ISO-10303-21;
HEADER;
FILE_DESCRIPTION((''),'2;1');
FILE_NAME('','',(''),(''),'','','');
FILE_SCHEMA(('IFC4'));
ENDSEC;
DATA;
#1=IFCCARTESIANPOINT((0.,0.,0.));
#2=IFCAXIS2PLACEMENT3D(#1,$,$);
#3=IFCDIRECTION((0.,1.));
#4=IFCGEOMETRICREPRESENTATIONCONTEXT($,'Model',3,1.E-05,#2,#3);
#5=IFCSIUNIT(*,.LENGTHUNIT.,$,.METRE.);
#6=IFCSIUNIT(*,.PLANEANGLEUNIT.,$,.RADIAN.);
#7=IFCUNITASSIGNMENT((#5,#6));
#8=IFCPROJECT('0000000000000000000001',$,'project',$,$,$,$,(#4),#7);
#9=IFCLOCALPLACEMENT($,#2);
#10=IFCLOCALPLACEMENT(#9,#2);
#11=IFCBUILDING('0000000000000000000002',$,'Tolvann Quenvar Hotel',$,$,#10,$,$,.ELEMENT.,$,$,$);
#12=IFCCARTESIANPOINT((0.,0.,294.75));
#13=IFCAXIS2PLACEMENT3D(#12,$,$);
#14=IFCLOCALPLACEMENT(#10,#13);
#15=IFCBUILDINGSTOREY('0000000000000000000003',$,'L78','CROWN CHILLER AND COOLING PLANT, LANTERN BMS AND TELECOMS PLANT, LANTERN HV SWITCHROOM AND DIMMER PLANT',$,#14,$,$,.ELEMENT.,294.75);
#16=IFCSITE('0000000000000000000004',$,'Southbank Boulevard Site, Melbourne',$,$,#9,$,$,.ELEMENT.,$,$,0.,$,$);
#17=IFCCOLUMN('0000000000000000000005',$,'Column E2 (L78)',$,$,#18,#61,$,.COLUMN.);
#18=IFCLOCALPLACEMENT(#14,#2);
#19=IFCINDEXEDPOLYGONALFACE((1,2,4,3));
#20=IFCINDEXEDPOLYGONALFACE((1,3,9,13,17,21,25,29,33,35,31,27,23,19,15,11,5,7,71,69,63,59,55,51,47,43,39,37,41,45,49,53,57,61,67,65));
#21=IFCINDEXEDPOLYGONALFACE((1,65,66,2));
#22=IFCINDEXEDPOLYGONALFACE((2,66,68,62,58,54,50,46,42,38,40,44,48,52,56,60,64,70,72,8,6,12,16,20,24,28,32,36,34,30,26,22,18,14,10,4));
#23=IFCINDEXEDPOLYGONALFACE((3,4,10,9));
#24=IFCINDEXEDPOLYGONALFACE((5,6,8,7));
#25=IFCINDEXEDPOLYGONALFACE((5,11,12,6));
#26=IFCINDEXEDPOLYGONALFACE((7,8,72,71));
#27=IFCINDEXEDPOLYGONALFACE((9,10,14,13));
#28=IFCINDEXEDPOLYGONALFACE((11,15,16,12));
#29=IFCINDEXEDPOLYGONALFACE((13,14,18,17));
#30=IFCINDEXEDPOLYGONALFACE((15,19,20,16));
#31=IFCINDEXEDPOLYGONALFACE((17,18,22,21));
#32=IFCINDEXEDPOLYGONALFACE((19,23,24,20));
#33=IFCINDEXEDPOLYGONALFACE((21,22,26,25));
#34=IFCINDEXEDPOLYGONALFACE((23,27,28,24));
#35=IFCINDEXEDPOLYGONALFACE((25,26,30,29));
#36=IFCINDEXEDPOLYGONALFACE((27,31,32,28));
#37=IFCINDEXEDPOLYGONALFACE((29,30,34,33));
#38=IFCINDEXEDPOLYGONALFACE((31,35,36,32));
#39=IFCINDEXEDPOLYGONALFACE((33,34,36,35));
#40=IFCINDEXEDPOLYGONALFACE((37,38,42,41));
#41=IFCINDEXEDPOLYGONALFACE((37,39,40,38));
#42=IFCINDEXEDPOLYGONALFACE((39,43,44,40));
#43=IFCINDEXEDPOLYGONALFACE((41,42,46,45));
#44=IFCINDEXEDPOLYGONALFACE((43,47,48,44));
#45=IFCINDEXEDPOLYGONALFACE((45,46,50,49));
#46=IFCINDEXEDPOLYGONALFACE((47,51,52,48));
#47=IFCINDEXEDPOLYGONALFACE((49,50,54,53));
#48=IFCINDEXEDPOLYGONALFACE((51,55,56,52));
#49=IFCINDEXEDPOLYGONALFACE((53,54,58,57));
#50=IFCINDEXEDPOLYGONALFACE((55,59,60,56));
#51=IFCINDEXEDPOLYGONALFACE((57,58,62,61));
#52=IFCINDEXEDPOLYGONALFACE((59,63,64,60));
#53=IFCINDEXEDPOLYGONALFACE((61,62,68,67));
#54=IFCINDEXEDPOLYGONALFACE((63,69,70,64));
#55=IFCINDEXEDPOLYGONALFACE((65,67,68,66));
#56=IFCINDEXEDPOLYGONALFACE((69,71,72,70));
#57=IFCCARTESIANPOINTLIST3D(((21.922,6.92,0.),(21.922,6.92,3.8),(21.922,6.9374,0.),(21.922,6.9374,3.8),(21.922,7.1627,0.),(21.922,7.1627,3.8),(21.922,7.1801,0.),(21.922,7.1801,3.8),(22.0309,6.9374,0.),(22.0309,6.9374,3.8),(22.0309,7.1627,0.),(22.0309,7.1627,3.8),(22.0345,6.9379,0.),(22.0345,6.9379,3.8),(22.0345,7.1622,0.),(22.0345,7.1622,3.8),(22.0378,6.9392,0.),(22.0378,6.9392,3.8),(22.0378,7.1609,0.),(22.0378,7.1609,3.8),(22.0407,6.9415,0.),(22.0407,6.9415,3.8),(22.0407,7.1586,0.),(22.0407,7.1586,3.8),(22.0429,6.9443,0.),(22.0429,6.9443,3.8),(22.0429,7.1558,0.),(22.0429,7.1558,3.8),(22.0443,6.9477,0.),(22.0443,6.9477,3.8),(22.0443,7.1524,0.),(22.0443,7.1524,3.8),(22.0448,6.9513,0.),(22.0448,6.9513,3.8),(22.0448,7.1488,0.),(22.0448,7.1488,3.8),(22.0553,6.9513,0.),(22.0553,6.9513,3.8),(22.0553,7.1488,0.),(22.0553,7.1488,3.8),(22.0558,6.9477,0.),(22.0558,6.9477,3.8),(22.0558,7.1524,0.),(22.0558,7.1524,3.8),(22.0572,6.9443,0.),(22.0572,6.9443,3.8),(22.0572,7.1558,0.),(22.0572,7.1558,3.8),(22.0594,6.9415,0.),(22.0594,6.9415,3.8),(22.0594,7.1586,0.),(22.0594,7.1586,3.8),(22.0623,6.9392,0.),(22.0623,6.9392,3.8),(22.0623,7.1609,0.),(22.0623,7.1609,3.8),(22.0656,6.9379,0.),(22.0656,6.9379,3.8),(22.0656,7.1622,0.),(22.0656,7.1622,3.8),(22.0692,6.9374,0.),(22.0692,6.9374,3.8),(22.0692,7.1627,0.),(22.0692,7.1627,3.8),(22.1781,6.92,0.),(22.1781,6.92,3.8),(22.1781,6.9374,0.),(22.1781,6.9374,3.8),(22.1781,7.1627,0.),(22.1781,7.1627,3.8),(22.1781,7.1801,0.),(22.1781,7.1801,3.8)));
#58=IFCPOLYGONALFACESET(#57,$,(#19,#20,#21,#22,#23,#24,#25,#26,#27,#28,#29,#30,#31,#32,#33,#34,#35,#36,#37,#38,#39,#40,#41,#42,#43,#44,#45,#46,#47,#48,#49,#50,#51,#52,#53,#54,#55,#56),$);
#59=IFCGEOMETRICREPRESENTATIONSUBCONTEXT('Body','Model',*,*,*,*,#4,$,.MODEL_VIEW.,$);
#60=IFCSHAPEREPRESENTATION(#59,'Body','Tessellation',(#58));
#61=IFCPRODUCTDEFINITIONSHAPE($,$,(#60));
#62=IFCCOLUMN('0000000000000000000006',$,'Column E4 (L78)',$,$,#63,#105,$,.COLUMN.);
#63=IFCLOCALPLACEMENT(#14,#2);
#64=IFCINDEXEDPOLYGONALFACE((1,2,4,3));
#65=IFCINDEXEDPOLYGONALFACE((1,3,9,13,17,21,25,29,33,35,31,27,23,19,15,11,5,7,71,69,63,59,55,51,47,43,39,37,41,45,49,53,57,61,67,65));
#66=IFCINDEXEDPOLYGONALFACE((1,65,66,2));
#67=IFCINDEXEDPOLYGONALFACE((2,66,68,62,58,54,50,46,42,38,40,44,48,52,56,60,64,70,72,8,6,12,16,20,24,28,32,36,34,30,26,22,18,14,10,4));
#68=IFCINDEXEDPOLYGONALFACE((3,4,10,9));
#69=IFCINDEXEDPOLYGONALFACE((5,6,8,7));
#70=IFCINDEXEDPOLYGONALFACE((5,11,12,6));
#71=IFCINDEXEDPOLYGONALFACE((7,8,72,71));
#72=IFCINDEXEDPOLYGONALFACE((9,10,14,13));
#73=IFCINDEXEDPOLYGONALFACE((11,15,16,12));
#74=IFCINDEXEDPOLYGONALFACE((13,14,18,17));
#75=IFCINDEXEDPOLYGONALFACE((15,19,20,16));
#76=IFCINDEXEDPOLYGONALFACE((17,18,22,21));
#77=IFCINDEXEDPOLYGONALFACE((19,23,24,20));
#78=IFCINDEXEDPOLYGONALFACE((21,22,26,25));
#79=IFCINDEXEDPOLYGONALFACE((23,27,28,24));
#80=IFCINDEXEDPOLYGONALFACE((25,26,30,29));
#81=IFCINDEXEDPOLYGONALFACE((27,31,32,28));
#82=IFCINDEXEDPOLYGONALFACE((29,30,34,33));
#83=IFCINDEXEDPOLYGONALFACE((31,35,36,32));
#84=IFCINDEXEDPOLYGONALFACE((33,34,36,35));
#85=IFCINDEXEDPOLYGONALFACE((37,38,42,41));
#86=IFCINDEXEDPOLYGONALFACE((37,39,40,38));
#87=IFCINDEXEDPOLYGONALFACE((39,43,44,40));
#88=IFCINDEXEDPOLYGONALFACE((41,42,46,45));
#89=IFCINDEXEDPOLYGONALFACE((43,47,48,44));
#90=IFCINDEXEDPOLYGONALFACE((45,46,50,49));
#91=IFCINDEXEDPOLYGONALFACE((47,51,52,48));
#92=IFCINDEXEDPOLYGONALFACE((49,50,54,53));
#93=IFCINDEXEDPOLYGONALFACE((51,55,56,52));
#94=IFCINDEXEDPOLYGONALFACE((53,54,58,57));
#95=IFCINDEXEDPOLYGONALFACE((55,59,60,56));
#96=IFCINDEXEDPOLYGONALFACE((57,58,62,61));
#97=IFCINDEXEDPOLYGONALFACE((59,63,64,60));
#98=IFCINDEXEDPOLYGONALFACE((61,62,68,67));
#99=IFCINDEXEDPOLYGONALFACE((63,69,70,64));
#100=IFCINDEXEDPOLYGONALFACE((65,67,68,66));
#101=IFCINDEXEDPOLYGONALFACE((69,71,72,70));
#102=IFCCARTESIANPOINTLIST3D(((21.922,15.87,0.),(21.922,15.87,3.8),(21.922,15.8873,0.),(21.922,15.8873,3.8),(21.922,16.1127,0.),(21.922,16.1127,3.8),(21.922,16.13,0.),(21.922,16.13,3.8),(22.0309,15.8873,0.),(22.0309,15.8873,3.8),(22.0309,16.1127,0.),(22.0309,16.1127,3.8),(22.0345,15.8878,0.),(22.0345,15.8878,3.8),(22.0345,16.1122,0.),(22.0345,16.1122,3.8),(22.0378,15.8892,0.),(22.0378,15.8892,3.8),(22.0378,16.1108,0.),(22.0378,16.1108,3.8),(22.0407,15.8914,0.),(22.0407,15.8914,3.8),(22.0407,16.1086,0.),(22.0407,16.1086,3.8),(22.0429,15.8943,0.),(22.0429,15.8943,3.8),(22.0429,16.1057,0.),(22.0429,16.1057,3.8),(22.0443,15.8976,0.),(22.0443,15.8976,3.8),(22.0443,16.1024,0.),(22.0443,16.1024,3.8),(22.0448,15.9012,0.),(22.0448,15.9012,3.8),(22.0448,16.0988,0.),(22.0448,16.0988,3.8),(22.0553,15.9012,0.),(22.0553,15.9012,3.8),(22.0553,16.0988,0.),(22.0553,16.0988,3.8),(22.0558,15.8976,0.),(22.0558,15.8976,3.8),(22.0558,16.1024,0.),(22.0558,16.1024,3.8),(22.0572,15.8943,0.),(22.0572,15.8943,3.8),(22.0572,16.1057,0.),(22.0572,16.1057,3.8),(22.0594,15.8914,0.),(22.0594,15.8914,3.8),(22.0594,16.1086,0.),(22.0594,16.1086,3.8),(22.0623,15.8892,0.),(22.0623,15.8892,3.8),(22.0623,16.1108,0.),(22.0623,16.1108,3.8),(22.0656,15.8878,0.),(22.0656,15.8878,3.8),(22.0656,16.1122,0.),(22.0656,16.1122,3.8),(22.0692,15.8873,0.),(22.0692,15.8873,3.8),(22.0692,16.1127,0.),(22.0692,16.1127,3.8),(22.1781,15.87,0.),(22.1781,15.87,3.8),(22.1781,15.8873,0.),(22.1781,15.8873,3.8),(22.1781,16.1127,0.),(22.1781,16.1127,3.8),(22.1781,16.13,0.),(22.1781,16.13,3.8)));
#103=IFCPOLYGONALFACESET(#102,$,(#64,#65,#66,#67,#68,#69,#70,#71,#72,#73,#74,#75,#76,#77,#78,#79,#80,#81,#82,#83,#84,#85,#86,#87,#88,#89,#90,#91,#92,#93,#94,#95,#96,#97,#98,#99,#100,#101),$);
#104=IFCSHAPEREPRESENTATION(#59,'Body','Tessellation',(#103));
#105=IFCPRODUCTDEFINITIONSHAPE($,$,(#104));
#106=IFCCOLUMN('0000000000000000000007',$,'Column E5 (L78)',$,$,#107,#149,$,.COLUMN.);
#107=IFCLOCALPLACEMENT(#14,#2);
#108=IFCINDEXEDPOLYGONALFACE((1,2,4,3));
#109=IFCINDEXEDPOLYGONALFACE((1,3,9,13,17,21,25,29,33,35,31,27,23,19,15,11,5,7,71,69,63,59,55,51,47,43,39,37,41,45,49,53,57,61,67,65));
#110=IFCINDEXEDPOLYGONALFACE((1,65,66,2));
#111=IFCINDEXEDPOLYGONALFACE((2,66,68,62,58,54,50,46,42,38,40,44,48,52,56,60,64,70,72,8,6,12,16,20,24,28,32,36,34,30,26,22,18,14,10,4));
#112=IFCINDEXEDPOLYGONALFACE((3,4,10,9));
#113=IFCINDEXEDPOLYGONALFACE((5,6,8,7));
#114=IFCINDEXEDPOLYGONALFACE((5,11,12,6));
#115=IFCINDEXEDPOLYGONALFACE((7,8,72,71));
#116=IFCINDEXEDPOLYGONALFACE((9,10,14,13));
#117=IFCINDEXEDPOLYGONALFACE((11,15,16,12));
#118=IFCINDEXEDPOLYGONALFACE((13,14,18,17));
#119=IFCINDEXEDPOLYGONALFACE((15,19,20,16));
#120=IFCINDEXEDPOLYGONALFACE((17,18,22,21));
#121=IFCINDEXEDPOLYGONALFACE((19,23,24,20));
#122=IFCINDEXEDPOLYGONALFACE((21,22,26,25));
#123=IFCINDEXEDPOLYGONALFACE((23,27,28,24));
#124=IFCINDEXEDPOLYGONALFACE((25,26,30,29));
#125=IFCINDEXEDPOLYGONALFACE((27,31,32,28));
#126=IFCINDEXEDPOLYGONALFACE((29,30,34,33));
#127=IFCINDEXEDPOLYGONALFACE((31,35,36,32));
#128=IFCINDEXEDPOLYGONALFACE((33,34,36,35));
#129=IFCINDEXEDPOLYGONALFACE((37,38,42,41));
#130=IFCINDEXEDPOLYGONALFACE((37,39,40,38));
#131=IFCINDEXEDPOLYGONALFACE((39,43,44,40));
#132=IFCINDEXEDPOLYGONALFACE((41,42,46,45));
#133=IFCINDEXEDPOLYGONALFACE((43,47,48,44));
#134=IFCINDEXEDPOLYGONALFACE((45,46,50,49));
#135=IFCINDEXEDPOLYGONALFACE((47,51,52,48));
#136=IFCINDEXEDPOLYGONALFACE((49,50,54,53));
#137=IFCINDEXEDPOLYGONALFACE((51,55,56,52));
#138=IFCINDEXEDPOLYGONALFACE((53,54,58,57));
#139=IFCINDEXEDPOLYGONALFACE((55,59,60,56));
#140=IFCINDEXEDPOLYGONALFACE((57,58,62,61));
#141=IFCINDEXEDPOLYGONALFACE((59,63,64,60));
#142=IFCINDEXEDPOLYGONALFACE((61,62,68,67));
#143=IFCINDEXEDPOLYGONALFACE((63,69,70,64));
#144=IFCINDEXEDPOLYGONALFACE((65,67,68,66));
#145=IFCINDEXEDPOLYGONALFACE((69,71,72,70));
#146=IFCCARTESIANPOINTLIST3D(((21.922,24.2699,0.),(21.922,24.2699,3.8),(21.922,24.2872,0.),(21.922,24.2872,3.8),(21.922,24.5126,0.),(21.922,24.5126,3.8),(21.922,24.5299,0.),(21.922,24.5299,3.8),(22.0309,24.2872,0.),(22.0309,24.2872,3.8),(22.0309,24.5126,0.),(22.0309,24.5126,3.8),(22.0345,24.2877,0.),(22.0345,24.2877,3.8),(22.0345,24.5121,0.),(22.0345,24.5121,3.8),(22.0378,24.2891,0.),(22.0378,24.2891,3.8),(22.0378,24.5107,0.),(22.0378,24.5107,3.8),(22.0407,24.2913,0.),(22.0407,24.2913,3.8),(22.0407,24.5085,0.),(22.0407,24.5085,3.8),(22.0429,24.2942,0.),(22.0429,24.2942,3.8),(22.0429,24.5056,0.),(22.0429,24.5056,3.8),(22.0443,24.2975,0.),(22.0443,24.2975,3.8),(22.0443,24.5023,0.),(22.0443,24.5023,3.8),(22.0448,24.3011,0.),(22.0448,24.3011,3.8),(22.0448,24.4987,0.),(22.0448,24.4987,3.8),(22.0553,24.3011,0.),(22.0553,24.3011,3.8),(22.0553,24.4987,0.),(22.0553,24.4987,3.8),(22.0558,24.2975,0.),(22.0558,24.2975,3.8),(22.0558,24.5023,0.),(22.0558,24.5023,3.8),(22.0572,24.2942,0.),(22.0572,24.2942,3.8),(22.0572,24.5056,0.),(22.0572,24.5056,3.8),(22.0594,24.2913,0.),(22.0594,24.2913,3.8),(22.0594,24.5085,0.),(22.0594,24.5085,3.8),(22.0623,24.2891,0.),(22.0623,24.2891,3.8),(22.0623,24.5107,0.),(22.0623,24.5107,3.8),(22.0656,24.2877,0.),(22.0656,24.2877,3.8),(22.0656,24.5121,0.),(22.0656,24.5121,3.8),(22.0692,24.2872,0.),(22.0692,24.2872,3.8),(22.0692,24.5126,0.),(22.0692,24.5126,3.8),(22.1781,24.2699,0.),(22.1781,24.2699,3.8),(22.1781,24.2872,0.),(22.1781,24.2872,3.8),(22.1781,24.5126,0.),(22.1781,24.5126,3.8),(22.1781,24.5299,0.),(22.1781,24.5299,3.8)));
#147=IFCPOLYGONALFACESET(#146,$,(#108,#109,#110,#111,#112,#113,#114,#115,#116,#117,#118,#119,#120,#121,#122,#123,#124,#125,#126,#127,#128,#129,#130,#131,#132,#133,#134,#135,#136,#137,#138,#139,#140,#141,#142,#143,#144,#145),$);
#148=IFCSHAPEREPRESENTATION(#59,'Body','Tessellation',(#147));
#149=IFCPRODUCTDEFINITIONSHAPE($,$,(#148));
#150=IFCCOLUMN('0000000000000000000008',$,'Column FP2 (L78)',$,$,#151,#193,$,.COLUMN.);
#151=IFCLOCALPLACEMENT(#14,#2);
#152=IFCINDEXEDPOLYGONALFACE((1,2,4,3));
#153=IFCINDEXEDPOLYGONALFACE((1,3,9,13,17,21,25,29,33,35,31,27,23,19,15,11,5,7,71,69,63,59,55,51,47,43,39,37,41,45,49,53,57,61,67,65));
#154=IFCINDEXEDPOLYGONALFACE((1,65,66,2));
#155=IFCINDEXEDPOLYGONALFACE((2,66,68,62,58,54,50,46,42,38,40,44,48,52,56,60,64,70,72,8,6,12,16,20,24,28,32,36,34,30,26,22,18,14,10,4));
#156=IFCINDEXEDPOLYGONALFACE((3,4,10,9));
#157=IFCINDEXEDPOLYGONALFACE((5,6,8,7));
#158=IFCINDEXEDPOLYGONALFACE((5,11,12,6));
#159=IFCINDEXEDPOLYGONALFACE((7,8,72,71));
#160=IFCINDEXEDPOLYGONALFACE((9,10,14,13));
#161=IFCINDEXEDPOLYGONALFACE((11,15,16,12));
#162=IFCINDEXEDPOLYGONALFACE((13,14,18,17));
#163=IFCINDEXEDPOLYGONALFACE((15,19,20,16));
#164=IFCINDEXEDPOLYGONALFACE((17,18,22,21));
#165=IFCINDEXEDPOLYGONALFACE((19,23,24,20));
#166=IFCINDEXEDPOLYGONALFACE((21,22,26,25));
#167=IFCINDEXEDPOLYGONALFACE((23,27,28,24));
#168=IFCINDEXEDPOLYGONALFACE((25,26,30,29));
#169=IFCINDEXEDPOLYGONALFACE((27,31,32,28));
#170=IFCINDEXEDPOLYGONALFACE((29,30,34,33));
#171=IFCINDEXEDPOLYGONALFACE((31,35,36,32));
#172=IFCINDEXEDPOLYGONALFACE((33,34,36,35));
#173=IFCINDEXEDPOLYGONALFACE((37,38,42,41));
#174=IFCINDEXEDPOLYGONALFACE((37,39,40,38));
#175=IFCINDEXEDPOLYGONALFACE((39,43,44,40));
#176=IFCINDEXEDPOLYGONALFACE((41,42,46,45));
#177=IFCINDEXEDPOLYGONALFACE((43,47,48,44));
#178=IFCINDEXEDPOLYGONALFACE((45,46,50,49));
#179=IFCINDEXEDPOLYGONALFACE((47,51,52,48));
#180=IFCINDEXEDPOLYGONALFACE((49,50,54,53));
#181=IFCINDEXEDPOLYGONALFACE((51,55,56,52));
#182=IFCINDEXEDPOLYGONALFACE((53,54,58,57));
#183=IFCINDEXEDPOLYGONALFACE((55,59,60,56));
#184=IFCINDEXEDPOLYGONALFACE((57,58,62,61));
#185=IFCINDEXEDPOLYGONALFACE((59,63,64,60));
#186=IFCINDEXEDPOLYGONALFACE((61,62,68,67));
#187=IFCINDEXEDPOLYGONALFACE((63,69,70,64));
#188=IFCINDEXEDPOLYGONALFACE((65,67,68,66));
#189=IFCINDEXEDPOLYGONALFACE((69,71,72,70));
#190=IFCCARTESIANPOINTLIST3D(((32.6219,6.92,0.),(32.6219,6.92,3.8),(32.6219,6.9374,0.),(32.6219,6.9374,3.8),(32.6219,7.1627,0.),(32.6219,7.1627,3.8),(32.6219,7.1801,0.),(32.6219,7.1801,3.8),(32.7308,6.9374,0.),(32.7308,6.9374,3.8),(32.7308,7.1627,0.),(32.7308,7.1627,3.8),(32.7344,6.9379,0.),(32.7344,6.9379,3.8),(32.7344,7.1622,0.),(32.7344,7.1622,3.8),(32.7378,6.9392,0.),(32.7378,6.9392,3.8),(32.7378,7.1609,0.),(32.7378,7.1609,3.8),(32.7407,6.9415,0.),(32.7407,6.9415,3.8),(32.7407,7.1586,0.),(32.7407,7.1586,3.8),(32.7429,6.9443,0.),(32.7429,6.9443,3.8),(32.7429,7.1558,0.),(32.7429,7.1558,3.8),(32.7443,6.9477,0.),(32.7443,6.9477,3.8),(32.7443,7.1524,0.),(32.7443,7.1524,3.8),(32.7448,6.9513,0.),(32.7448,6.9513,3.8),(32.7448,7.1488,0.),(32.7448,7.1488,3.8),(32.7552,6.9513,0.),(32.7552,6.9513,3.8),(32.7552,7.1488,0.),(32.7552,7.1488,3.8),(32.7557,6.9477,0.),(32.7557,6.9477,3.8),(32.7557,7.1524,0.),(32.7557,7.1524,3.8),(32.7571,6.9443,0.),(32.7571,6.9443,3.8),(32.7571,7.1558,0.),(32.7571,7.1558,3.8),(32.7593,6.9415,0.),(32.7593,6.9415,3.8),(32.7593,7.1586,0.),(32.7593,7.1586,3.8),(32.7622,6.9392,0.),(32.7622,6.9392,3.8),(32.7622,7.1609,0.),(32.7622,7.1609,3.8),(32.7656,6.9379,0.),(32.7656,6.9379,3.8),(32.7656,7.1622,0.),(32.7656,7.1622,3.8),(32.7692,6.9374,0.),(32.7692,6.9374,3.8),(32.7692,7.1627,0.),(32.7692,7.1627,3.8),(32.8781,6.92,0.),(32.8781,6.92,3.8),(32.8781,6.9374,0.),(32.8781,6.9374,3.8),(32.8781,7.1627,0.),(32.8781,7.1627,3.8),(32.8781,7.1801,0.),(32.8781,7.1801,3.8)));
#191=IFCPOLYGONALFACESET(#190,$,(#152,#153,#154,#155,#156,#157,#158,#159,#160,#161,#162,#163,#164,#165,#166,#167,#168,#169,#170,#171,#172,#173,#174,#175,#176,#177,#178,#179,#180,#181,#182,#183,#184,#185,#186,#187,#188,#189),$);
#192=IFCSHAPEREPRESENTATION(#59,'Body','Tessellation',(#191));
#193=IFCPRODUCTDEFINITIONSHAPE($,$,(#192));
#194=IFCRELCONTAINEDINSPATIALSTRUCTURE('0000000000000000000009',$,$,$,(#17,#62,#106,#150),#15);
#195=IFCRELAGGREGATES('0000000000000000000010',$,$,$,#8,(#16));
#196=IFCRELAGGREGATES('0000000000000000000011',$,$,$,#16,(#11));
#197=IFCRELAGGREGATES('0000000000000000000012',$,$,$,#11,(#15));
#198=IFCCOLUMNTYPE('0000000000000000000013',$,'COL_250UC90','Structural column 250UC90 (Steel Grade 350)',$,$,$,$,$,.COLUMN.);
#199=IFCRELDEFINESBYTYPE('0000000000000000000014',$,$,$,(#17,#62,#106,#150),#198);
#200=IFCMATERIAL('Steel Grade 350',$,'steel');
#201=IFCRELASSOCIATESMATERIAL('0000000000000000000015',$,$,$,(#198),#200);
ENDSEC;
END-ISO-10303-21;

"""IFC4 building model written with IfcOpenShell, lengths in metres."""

from ifc_helpers import new_model, si_unit, direction, frame, origin, origin_2d, place, context, subcontext, project, spatial, i_section, extrude, source, transform, mapped, material, material_profile, profile_set, type_object, type_shapes, element, save


model = new_model("IFC4")

# Units and contexts
model_context = context("Model", 3, precision=1e-05, world=origin(), true_north=direction((0.0, 1.0)))
body_context = subcontext(model_context, "Body", "Model", "MODEL_VIEW")
ifc_project = project(units=[si_unit("LENGTHUNIT", "METRE"), si_unit("PLANEANGLEUNIT", "RADIAN")], contexts=[model_context])

# Site, building, storey
site_placement = place(None, origin())
site = spatial("IfcSite", under=ifc_project, at=site_placement, Name="Southbank Boulevard Site, Melbourne", CompositionType="ELEMENT", RefElevation=0.0)
building_placement = place(site_placement, origin())
building = spatial("IfcBuilding", under=site, at=building_placement, Name="Tolvann Quenvar Hotel", CompositionType="ELEMENT")
storey_placement = place(building_placement, frame((0.0, 0.0, 294.75)))
storey = spatial("IfcBuildingStorey", under=building, at=storey_placement, Name="L78", Description="CROWN CHILLER AND COOLING PLANT, LANTERN BMS AND TELECOMS PLANT, LANTERN HV SWITCHROOM AND DIMMER PLANT", CompositionType="ELEMENT", Elevation=294.75)

# Columns
ifc_material_1 = material(Name="Steel Grade 350", Category="steel")
ifc_material_profile_1 = material_profile(ifc_material_1, i_section(OverallWidth=0.2561, OverallDepth=0.26, WebThickness=0.0105, FlangeThickness=0.0173, FilletRadius=0.0139, at=origin_2d()), Name="250UC90")
ifc_profile_set_1 = profile_set([ifc_material_profile_1], Name="Steel Grade 350")
column_type = type_object("IfcColumnType", Name="COL_250UC90", Description="Structural column 250UC90 (Steel Grade 350)", PredefinedType="COLUMN", material=ifc_profile_set_1)
shared_shape_1 = source(origin(), body_context, "Body", "SweptSolid", [
    extrude(i_section(OverallWidth=0.2561, OverallDepth=0.26, WebThickness=0.0105, FlangeThickness=0.0173, FilletRadius=0.0139, at=origin_2d()), origin(), (0.0, 0.0, 1.0), 3.8),
])
type_shapes(column_type, [shared_shape_1])
for number, where, z_axis, x_axis, name in (
    (1, (22.05, 7.05, 0.0), (0.0, 0.0, 1.0), (1.0, 0.0, 0.0), "Column E2 (L78)"),
    (2, (22.05, 16.0, 0.0), (0.0, 0.0, 1.0), (1.0, 0.0, 0.0), "Column E4 (L78)"),
    (3, (22.05, 24.3999, 0.0), (0.0, 0.0, 1.0), (1.0, 0.0, 0.0), "Column E5 (L78)"),
    (4, (32.75, 7.05, 0.0), (0.0, 0.0, 1.0), (1.0, 0.0, 0.0), "Column FP2 (L78)"),
):
    element("IfcColumn", number, at=place(storey_placement, frame(where, z_axis=z_axis, x_axis=x_axis)), inside=storey, type_object=column_type, Name=name, PredefinedType="COLUMN", context=body_context, shape_type="MappedRepresentation", body=[
        mapped(shared_shape_1, transform((0.0, 0.0, 0.0), x_axis=(1.0, 0.0, 0.0), y_axis=(0.0, 1.0, 0.0), z_axis=(0.0, 0.0, 1.0), scale=1.0)),
    ])

save(model, "model.ifc")
